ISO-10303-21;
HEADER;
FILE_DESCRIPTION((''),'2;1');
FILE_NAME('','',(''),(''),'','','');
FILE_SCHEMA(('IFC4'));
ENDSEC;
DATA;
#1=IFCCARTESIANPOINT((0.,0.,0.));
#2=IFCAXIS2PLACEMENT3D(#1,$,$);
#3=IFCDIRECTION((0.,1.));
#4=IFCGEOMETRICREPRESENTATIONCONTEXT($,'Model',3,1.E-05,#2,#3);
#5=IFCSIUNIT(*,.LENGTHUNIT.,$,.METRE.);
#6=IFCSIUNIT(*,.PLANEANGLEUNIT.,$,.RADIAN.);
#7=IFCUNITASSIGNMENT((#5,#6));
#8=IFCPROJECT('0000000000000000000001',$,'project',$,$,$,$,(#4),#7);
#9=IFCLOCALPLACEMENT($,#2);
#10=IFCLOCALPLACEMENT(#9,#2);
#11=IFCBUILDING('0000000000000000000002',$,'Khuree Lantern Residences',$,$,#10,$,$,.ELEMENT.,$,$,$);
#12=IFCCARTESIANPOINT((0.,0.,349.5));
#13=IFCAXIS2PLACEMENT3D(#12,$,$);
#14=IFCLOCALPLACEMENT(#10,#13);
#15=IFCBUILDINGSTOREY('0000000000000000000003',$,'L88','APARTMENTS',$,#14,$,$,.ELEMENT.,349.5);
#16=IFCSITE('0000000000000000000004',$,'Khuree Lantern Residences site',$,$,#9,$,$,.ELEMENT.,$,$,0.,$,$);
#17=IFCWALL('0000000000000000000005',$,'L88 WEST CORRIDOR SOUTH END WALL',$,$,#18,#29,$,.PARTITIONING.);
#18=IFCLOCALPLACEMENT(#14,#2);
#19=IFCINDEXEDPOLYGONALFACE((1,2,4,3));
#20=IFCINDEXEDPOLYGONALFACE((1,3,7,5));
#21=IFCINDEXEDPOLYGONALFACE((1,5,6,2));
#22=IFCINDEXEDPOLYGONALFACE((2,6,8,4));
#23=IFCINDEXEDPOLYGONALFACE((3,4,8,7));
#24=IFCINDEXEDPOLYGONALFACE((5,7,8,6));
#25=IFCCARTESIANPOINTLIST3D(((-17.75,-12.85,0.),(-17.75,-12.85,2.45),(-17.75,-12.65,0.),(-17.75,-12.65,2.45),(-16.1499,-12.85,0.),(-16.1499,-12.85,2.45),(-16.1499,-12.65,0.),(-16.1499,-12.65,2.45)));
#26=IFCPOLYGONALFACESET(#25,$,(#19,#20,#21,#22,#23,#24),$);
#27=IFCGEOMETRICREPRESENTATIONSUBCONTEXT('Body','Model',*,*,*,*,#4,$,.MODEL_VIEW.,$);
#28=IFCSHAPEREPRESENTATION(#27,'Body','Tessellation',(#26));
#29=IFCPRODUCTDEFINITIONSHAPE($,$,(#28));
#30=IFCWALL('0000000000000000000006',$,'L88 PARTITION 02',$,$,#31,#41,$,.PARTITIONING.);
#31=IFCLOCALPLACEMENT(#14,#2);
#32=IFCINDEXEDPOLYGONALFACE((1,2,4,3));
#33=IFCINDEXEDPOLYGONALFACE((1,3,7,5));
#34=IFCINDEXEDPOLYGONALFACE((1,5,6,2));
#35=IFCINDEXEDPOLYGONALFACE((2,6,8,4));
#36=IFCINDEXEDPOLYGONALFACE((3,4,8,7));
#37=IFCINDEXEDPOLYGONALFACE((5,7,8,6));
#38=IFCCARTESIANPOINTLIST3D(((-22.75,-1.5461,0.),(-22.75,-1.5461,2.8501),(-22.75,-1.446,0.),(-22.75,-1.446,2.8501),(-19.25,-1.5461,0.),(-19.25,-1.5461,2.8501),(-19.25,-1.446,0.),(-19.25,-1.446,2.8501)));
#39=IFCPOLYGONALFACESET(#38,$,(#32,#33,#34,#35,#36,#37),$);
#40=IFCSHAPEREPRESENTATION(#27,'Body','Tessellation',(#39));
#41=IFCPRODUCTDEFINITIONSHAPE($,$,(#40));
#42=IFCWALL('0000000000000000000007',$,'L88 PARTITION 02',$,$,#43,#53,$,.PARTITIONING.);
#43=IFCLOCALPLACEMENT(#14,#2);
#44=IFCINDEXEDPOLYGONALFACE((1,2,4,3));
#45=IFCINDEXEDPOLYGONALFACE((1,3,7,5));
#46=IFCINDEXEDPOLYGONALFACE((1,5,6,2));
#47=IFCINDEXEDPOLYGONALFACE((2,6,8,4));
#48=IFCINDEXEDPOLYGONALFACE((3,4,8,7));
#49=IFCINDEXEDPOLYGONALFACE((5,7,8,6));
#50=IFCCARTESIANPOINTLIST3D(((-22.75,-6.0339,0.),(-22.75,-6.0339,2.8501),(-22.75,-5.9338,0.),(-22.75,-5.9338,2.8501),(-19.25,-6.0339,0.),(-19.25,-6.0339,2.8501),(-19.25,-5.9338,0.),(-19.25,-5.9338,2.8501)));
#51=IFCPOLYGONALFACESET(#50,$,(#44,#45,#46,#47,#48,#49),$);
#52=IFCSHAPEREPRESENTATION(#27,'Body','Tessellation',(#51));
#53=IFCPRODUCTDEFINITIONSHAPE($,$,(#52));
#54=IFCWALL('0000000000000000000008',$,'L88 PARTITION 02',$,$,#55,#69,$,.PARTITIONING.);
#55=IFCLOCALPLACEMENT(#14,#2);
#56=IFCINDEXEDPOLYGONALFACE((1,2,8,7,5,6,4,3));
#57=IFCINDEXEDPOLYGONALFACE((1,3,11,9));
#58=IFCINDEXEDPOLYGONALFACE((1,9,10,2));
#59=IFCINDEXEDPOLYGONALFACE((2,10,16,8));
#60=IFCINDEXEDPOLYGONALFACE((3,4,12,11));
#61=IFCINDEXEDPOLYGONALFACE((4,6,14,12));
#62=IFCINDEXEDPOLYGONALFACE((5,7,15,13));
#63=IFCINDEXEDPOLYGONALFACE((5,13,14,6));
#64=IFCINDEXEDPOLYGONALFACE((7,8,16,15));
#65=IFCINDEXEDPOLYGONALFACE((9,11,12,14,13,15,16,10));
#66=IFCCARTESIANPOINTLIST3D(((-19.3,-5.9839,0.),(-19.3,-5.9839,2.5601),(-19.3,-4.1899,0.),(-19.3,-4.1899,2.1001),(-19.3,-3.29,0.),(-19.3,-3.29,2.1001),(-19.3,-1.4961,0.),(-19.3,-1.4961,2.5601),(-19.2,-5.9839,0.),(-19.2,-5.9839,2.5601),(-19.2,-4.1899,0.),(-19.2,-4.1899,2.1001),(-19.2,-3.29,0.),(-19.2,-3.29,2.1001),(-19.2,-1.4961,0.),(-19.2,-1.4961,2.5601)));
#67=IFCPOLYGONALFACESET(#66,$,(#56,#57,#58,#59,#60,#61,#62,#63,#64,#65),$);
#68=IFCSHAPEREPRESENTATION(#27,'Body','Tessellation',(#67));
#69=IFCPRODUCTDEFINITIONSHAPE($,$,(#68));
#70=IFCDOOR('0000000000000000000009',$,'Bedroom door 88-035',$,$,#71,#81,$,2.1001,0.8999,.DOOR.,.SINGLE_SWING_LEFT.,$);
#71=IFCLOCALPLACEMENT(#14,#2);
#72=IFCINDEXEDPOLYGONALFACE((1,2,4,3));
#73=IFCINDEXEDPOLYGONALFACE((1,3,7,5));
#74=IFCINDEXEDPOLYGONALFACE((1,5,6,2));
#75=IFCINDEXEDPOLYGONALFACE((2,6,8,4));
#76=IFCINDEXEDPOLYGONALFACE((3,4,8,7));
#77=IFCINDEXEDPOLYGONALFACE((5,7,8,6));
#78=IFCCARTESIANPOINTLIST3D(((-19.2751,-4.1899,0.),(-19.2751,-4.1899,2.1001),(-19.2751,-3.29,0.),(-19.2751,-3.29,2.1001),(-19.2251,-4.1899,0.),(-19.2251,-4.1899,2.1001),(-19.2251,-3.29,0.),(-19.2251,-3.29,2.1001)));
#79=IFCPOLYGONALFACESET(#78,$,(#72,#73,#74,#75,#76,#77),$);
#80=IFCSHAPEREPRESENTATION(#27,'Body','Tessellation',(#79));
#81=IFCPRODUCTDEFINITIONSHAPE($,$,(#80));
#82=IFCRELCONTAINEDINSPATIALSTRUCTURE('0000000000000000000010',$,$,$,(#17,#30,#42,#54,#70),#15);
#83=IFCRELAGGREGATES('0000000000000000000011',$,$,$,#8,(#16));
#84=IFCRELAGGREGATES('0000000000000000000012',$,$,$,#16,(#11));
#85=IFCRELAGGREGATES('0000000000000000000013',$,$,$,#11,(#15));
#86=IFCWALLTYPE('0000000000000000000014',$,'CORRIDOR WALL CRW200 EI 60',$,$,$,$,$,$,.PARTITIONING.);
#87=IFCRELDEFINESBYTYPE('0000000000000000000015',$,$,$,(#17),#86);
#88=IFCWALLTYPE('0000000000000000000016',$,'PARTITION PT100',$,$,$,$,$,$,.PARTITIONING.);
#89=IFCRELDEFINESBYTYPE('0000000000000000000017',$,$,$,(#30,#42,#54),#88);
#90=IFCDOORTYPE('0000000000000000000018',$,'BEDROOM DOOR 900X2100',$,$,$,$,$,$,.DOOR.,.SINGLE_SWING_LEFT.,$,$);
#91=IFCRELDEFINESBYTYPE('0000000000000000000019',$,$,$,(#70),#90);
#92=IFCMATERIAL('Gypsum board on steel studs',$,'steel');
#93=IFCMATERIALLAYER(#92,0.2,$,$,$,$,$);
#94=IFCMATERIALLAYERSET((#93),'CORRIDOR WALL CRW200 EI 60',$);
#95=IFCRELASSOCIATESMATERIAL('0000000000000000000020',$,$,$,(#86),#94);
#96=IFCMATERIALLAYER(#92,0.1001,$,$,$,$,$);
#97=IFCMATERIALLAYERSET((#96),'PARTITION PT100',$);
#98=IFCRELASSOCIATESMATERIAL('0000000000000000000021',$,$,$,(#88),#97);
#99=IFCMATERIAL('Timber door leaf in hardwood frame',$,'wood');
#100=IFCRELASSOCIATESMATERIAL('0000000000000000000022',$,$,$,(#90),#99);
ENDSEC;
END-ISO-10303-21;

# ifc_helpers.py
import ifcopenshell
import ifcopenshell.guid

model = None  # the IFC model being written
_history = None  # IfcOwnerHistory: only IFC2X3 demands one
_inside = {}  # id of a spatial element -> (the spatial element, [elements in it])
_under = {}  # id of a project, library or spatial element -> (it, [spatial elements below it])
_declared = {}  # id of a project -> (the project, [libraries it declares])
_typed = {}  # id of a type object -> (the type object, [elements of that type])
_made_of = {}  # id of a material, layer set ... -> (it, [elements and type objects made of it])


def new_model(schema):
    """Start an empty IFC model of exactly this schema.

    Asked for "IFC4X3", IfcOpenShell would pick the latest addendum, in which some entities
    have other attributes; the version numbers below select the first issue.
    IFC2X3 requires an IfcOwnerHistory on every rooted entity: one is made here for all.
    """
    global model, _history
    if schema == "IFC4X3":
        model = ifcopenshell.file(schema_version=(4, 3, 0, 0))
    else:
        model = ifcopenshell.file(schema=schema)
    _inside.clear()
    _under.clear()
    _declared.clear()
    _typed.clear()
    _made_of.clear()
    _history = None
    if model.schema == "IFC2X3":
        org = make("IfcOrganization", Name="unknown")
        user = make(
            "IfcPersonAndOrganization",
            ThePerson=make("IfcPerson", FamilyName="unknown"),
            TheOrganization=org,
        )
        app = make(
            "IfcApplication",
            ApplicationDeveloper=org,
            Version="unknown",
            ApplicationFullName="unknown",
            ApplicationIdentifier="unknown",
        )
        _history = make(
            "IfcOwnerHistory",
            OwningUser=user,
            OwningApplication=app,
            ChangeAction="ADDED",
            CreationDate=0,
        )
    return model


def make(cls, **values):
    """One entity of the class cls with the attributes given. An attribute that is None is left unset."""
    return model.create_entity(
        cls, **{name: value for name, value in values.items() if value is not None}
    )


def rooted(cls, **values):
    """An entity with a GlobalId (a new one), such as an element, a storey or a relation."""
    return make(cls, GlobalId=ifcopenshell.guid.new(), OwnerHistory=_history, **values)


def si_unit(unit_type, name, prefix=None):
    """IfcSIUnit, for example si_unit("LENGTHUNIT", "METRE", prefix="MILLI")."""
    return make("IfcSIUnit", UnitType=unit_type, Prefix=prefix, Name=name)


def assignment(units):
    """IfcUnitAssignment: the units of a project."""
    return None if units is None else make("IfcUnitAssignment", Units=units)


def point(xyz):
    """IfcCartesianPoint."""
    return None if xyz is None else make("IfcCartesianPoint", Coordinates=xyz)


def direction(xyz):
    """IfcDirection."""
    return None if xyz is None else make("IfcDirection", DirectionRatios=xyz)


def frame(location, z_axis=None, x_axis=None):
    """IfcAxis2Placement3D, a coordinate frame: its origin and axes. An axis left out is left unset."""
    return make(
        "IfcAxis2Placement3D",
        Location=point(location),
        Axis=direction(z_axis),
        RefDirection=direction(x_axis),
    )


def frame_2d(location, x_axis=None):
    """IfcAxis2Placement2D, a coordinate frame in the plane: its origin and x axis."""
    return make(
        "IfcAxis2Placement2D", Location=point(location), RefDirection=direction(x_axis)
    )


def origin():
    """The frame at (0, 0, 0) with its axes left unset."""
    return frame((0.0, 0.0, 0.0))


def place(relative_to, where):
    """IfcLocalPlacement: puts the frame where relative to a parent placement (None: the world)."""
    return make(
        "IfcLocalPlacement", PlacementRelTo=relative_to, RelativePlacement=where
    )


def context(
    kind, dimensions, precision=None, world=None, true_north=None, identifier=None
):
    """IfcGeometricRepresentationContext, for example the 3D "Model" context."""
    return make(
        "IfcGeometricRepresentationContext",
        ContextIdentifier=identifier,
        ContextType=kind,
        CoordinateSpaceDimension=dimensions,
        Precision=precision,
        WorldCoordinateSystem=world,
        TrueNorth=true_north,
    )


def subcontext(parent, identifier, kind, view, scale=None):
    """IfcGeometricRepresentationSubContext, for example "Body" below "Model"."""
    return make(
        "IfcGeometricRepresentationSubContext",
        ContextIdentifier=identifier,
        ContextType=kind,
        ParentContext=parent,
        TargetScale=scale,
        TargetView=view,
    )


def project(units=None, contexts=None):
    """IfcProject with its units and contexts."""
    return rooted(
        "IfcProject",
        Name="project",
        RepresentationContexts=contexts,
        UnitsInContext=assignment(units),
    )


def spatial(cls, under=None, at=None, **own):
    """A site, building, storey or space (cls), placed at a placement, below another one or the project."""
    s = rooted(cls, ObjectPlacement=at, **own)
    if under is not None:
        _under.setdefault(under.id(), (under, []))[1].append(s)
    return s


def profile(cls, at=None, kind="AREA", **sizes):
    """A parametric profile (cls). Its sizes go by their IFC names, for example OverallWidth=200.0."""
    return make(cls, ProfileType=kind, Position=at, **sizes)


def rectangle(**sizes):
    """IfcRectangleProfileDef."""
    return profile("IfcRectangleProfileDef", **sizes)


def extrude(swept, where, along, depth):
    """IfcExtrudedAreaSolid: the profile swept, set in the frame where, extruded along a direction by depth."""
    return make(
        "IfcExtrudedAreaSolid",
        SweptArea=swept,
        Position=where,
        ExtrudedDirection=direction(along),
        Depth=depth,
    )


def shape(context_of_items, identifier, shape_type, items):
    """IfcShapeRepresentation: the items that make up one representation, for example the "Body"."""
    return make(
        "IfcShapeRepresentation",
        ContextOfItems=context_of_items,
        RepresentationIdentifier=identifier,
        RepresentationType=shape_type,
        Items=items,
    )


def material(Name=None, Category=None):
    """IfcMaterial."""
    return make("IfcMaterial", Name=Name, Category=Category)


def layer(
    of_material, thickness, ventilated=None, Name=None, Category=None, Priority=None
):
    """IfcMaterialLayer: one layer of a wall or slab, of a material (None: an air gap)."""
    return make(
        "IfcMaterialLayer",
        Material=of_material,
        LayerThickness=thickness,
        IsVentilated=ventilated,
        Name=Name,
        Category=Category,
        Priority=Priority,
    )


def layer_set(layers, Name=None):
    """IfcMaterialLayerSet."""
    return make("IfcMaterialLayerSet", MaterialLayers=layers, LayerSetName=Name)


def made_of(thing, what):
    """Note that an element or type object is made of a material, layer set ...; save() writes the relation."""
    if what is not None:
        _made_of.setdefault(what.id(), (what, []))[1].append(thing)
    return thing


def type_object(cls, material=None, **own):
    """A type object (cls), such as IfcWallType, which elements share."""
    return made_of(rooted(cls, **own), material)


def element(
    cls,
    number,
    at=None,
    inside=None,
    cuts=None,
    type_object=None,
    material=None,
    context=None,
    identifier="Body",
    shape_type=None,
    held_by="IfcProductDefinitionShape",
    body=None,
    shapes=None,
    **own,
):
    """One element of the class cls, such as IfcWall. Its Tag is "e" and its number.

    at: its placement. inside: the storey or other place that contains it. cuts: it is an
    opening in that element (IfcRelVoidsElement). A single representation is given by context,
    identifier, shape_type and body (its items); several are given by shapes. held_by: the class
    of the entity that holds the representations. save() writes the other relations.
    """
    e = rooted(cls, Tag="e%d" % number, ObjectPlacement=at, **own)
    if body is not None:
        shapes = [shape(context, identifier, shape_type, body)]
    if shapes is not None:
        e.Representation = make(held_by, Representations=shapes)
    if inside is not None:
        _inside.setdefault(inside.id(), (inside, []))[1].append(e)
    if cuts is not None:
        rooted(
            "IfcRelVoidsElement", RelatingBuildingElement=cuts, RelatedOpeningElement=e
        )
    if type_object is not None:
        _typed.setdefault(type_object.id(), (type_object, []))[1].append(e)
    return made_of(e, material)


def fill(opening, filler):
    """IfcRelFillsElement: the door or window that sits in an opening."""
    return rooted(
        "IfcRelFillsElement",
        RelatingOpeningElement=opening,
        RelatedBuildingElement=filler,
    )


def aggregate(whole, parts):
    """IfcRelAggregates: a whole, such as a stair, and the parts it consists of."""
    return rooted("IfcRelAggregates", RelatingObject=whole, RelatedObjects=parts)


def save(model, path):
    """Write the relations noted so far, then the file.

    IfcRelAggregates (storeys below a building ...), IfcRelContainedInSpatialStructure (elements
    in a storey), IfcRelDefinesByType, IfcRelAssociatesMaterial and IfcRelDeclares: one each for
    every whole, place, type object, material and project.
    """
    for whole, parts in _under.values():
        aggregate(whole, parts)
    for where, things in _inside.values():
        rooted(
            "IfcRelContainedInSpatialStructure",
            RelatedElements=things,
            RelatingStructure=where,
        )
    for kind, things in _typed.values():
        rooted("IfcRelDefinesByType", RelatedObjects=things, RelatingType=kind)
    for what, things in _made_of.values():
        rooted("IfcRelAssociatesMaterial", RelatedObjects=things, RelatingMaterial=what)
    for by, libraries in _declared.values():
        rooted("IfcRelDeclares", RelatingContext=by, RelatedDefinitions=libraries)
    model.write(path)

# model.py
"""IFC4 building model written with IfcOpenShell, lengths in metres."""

from ifc_helpers import new_model, si_unit, direction, frame, frame_2d, origin, place, context, subcontext, project, spatial, rectangle, extrude, material, layer, layer_set, type_object, element, fill, save


model = new_model("IFC4")

# Units and contexts
model_context = context("Model", 3, precision=1e-05, world=origin(), true_north=direction((0.0, 1.0)))
body_context = subcontext(model_context, "Body", "Model", "MODEL_VIEW")
ifc_project = project(units=[si_unit("LENGTHUNIT", "METRE"), si_unit("PLANEANGLEUNIT", "RADIAN")], contexts=[model_context])

# Site, building, storey
site_placement = place(None, origin())
site = spatial("IfcSite", under=ifc_project, at=site_placement, Name="Khuree Lantern Residences site", CompositionType="ELEMENT", RefElevation=0.0)
building_placement = place(site_placement, origin())
building = spatial("IfcBuilding", under=site, at=building_placement, Name="Khuree Lantern Residences", CompositionType="ELEMENT")
storey_placement = place(building_placement, frame((0.0, 0.0, 349.5)))
storey = spatial("IfcBuildingStorey", under=building, at=storey_placement, Name="L88", Description="APARTMENTS", CompositionType="ELEMENT", Elevation=349.5)

# Walls
ifc_material_1 = material(Name="Gypsum board on steel studs", Category="steel")
ifc_layer_1 = layer(ifc_material_1, 0.2)
ifc_layer_set_1 = layer_set([ifc_layer_1], Name="CORRIDOR WALL CRW200 EI 60")
wall_type_1 = type_object("IfcWallType", Name="CORRIDOR WALL CRW200 EI 60", PredefinedType="PARTITIONING", material=ifc_layer_set_1)
wall_1_placement = place(storey_placement, frame((-16.1499, -12.75, 0.0), z_axis=(0.0, 0.0, 1.0), x_axis=(-1.0, 0.0, 0.0)))
element("IfcWall", 1, at=wall_1_placement, inside=storey, type_object=wall_type_1, Name="L88 WEST CORRIDOR SOUTH END WALL", PredefinedType="PARTITIONING", context=body_context, shape_type="SweptSolid", body=[
    extrude(rectangle(XDim=1.6001, YDim=0.2, at=frame_2d((0.8, 0.0))), origin(), (0.0, 0.0, 1.0), 2.45),
])
ifc_layer_2 = layer(ifc_material_1, 0.1001)
ifc_layer_set_2 = layer_set([ifc_layer_2], Name="PARTITION PT100")
wall_type_2 = type_object("IfcWallType", Name="PARTITION PT100", PredefinedType="PARTITIONING", material=ifc_layer_set_2)
for number, where, z_axis, x_axis, name in (
    (2, (-19.25, -1.4961, 0.0), (0.0, 0.0, 1.0), (-1.0, 0.0, 0.0), "L88 PARTITION 02"),
    (3, (-19.25, -5.9839, 0.0), (0.0, 0.0, 1.0), (-1.0, 0.0, 0.0), "L88 PARTITION 02"),
):
    element("IfcWall", number, at=place(storey_placement, frame(where, z_axis=z_axis, x_axis=x_axis)), inside=storey, type_object=wall_type_2, Name=name, PredefinedType="PARTITIONING", context=body_context, shape_type="SweptSolid", body=[
        extrude(rectangle(XDim=3.5, YDim=0.1001, at=frame_2d((1.75, 0.0))), origin(), (0.0, 0.0, 1.0), 2.8501),
    ])

# Wall, opening, door
wall_2_placement = place(storey_placement, frame((-19.25, -1.4961, 0.0), z_axis=(0.0, 0.0, 1.0), x_axis=(0.0, -1.0, 0.0)))
wall_2 = element("IfcWall", 4, at=wall_2_placement, inside=storey, type_object=wall_type_2, Name="L88 PARTITION 02", PredefinedType="PARTITIONING", context=body_context, shape_type="SweptSolid", body=[
    extrude(rectangle(XDim=4.4878, YDim=0.1001, at=frame_2d((2.2439, 0.0))), origin(), (0.0, 0.0, 1.0), 2.5601),
])
opening_placement = place(wall_2_placement, frame((1.7939, 0.0, 0.0)))
opening = element("IfcOpeningElement", 5, at=opening_placement, cuts=wall_2, PredefinedType="OPENING", context=body_context, shape_type="SweptSolid", body=[
    extrude(rectangle(XDim=0.8999, YDim=2.1001, at=frame_2d((0.45, 1.05))), frame((0.0, 0.0601, 0.0), z_axis=(0.0, -1.0, 0.0), x_axis=(1.0, 0.0, 0.0)), (0.0, 0.0, 1.0), 0.1201),
])
ifc_material_2 = material(Name="Timber door leaf in hardwood frame", Category="wood")
door_type = type_object("IfcDoorType", Name="BEDROOM DOOR 900X2100", OperationType="SINGLE_SWING_LEFT", PredefinedType="DOOR", material=ifc_material_2)
door_placement = place(opening_placement, origin())
door = element("IfcDoor", 6, at=door_placement, inside=storey, type_object=door_type, Name="Bedroom door 88-035", OperationType="SINGLE_SWING_LEFT", OverallHeight=2.1001, OverallWidth=0.8999, PredefinedType="DOOR", context=body_context, shape_type="SweptSolid", body=[
    extrude(rectangle(XDim=0.8999, YDim=2.1001, at=frame_2d((0.45, 1.05))), frame((0.0, 0.0249, 0.0), z_axis=(0.0, -1.0, 0.0), x_axis=(1.0, 0.0, 0.0)), (0.0, 0.0, 1.0), 0.05),
])
fill(opening, door)

save(model, "model.ifc")
